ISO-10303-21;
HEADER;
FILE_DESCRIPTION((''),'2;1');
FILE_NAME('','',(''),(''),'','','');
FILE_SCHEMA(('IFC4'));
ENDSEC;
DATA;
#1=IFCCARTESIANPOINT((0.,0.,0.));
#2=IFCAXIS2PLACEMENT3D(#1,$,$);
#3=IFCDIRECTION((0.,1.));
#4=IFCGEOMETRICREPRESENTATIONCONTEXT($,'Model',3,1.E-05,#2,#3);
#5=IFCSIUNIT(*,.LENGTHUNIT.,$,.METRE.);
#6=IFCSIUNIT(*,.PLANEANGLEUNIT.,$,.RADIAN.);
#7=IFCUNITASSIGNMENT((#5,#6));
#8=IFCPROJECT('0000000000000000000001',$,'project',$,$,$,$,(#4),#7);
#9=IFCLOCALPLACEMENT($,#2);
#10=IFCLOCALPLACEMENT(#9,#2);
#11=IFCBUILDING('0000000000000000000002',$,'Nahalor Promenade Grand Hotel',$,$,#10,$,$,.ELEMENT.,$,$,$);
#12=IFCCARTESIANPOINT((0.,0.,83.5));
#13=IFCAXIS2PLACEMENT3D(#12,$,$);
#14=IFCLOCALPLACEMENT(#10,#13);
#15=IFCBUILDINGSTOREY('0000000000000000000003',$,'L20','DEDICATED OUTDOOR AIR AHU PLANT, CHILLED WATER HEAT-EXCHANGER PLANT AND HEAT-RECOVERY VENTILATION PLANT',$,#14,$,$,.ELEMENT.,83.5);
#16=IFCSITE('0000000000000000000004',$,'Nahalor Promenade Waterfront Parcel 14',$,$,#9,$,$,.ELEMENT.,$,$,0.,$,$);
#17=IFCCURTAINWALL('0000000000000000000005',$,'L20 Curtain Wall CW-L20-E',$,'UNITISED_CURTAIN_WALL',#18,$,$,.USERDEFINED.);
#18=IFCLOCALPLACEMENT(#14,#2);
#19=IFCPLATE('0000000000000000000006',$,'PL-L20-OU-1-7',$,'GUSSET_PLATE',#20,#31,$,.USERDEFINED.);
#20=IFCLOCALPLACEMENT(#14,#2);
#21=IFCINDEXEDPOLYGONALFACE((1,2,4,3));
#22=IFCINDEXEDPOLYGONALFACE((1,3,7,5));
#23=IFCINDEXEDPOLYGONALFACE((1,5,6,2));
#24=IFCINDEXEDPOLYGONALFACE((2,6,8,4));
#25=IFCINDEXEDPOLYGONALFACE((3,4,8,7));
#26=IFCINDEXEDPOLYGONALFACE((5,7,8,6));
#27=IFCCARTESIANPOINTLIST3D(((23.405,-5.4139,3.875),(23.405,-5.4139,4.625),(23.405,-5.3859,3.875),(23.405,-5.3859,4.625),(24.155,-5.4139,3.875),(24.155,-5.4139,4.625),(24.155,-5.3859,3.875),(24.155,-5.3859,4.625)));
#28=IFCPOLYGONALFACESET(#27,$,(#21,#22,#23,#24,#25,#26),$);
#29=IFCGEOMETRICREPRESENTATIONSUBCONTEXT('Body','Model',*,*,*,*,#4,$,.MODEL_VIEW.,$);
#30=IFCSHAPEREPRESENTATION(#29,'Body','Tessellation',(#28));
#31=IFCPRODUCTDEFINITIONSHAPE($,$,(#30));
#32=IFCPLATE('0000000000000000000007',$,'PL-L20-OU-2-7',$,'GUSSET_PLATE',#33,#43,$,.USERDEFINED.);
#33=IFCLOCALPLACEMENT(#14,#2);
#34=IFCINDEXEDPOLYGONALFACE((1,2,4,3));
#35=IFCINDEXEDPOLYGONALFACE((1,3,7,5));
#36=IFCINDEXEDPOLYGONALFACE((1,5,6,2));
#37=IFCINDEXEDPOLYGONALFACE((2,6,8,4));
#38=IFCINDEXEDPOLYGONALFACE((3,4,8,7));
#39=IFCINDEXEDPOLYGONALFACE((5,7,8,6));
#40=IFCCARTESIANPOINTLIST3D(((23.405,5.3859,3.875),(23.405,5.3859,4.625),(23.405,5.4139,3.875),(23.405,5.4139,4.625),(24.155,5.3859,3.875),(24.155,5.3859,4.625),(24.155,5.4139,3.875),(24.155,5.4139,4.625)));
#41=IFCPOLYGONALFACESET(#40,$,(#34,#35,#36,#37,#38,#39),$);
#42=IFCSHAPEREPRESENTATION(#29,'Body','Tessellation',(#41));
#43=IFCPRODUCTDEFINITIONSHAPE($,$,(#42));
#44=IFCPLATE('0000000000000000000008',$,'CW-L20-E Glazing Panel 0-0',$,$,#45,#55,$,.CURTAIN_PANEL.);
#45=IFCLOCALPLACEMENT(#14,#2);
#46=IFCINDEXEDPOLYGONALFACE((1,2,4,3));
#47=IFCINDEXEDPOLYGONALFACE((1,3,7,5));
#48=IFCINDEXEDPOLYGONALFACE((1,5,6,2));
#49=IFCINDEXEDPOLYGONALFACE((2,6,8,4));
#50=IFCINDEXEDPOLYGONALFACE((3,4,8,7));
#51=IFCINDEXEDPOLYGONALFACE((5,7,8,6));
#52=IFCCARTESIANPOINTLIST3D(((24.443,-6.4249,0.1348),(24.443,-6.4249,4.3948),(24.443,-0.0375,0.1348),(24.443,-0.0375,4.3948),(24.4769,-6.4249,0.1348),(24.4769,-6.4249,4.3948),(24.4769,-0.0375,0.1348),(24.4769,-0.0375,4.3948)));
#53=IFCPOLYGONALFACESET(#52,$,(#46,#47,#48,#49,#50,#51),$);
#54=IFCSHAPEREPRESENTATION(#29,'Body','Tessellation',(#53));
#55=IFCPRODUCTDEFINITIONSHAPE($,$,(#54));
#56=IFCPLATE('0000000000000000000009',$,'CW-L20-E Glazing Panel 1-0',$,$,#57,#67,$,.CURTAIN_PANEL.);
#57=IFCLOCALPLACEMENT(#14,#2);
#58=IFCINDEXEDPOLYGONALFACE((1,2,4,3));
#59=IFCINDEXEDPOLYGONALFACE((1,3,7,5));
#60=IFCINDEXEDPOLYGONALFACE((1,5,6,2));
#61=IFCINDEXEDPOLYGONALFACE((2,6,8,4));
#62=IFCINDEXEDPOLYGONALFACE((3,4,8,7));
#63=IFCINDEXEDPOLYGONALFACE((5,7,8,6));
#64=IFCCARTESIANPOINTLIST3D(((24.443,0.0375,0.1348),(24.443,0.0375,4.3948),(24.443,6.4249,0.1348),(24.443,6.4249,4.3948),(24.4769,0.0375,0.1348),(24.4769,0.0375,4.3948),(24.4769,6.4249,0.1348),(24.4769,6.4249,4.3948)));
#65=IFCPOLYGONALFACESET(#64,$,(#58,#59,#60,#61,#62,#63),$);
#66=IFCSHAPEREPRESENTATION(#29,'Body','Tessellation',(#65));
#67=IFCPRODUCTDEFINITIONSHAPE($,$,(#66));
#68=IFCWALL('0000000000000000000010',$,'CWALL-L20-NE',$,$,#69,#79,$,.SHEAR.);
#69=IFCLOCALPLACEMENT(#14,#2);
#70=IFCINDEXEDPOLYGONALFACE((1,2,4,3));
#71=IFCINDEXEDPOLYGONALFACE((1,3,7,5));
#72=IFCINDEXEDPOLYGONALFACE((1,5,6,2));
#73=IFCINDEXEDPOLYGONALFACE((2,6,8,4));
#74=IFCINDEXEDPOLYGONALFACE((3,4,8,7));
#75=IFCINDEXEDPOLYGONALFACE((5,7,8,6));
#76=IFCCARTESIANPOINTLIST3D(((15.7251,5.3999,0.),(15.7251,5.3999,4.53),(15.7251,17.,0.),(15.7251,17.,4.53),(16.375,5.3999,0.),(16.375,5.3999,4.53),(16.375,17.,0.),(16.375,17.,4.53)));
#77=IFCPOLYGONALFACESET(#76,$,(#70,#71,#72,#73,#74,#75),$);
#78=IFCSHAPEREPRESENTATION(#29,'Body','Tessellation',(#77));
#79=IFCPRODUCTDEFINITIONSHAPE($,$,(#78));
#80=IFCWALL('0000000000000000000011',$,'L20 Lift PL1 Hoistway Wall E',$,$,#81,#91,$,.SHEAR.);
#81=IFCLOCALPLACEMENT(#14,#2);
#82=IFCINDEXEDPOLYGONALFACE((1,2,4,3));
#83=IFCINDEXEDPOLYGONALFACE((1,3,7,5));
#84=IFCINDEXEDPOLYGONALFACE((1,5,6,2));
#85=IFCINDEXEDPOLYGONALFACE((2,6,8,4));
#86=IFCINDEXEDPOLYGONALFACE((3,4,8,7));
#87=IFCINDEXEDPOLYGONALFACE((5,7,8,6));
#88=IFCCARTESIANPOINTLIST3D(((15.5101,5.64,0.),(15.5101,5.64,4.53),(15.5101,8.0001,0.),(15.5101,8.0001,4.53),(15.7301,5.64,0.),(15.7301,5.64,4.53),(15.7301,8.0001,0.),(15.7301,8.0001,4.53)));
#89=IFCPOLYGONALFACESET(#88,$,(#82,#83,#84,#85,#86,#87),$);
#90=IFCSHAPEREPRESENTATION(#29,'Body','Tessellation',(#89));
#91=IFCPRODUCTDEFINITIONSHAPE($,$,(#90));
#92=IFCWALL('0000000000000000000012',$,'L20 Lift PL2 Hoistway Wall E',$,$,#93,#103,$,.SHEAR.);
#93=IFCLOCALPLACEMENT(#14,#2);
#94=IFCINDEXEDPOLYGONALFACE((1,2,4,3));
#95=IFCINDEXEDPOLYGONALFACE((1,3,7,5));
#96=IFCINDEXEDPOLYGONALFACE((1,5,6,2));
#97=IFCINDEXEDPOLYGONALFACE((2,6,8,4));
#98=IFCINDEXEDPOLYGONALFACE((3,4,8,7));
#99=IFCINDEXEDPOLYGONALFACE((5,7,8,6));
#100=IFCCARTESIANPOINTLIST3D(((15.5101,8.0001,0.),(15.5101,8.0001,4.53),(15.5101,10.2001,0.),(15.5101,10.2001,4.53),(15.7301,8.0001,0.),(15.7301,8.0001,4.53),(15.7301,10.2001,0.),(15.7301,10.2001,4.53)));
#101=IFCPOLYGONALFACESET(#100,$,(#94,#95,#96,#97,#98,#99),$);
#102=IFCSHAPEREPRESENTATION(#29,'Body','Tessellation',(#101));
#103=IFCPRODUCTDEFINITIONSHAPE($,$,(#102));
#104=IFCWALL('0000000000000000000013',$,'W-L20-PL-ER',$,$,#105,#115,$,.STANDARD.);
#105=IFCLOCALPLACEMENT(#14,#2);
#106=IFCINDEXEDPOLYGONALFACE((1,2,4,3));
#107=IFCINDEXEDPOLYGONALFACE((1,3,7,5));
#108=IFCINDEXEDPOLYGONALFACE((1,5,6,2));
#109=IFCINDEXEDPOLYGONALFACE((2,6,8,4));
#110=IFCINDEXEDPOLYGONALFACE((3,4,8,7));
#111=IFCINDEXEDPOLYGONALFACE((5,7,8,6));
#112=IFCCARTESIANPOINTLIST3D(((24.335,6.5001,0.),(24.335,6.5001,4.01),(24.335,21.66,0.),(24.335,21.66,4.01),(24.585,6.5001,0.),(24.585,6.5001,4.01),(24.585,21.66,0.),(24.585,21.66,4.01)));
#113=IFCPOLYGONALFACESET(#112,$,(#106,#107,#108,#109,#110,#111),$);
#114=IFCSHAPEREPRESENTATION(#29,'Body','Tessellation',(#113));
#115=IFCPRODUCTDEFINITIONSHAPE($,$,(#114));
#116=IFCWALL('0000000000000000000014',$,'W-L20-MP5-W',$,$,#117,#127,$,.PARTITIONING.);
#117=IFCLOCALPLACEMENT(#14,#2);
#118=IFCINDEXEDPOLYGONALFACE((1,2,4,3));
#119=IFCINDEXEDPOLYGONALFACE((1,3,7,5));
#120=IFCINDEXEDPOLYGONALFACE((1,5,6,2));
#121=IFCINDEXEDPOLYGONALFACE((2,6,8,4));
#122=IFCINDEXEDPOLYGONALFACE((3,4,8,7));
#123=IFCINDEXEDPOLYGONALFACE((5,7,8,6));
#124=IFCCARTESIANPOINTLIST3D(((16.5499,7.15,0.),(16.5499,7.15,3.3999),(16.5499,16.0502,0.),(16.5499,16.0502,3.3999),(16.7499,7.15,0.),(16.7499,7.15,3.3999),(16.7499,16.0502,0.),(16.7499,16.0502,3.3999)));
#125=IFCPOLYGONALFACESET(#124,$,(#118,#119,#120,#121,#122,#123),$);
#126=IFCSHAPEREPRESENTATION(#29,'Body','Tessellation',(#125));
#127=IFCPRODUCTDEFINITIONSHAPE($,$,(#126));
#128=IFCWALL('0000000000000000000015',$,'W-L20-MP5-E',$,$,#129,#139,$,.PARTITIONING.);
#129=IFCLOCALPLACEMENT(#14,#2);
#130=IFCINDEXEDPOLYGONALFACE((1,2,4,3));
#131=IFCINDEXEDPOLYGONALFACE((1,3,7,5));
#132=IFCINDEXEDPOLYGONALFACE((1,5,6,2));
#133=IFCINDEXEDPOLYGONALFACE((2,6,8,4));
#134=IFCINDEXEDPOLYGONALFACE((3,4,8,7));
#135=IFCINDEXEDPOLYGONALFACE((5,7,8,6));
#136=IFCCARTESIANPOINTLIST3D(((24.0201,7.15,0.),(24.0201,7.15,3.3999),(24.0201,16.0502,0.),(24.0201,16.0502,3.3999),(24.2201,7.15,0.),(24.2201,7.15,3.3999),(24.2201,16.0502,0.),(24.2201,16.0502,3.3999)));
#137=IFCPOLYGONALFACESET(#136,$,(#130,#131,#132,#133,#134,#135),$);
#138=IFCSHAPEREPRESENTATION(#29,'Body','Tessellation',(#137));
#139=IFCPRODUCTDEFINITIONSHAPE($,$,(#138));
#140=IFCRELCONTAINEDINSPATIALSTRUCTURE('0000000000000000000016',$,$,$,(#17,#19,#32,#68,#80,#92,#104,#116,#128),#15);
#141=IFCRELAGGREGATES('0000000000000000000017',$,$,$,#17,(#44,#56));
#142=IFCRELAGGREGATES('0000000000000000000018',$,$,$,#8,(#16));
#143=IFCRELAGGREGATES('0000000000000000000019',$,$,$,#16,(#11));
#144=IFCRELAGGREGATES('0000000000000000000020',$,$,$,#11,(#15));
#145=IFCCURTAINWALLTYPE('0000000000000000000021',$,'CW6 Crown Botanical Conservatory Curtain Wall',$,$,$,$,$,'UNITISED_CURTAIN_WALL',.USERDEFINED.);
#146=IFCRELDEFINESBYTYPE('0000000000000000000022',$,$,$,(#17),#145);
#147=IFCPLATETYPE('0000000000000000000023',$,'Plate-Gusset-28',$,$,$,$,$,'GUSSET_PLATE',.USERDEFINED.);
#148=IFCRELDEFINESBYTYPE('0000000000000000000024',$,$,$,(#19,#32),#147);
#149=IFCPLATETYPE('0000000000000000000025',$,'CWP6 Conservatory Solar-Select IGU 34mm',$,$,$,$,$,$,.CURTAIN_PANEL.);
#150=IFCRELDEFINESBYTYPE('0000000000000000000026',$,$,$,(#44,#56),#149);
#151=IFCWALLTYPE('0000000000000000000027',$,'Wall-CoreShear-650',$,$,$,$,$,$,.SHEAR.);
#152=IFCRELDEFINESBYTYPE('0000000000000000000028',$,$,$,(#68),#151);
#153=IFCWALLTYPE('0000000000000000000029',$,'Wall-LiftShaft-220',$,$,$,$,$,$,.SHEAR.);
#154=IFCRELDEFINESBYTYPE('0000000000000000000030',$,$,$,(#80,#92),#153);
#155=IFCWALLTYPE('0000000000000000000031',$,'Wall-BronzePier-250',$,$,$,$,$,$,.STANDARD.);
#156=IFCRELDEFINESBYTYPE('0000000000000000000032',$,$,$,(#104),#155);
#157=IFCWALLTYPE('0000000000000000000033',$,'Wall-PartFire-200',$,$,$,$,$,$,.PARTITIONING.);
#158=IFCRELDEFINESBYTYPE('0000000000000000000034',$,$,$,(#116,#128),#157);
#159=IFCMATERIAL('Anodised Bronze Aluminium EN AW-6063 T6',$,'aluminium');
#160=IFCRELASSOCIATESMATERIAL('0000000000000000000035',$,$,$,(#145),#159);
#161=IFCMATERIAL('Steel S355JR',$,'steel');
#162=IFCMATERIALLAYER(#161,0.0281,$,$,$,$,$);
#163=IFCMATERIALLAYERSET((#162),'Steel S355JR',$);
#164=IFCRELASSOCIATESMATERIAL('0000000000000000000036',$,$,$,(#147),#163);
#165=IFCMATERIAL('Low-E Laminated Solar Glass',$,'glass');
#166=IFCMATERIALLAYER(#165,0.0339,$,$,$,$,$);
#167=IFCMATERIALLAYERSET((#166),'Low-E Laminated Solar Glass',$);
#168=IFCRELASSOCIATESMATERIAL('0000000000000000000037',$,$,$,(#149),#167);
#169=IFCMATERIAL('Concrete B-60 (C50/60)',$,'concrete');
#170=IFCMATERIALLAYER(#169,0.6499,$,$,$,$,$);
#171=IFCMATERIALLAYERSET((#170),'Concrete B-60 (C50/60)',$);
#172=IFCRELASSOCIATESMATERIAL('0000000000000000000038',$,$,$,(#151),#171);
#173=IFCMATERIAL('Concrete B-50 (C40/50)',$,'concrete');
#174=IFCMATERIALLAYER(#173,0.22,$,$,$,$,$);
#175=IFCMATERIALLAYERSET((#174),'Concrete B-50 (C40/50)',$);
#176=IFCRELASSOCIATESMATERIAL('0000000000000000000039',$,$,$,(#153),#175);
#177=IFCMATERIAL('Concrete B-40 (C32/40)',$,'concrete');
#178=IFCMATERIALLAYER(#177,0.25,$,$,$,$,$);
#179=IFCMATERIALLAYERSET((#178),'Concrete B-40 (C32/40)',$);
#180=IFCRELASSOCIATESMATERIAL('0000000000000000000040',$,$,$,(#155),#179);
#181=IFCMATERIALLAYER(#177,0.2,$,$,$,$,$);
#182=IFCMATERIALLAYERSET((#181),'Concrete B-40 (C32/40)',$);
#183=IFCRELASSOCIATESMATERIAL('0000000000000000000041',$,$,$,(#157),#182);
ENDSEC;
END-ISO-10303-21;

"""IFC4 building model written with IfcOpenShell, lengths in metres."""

from ifc_helpers import new_model, si_unit, direction, frame, frame_2d, origin, origin_2d, place, context, subcontext, project, spatial, rectangle, extrude, source, transform, mapped, material, layer, layer_set, type_object, element, aggregate, save


model = new_model("IFC4")

# Units and contexts
model_context = context("Model", 3, precision=1e-05, world=origin(), true_north=direction((0.0, 1.0)))
body_context = subcontext(model_context, "Body", "Model", "MODEL_VIEW")
ifc_project = project(units=[si_unit("LENGTHUNIT", "METRE"), si_unit("PLANEANGLEUNIT", "RADIAN")], contexts=[model_context])

# Site, building, storey
site_placement = place(None, origin())
site = spatial("IfcSite", under=ifc_project, at=site_placement, Name="Nahalor Promenade Waterfront Parcel 14", CompositionType="ELEMENT", RefElevation=0.0)
building_placement = place(site_placement, origin())
building = spatial("IfcBuilding", under=site, at=building_placement, Name="Nahalor Promenade Grand Hotel", CompositionType="ELEMENT")
storey_placement = place(building_placement, frame((0.0, 0.0, 83.5)))
storey = spatial("IfcBuildingStorey", under=building, at=storey_placement, Name="L20", Description="DEDICATED OUTDOOR AIR AHU PLANT, CHILLED WATER HEAT-EXCHANGER PLANT AND HEAT-RECOVERY VENTILATION PLANT", CompositionType="ELEMENT", Elevation=83.5)

# Shared definitions
ifc_material_1 = material(Name="Steel S355JR", Category="steel")

# Curtain wall
ifc_material_2 = material(Name="Anodised Bronze Aluminium EN AW-6063 T6", Category="aluminium")
curtain_wall_type = type_object("IfcCurtainWallType", Name="CW6 Crown Botanical Conservatory Curtain Wall", ElementType="UNITISED_CURTAIN_WALL", PredefinedType="USERDEFINED", material=ifc_material_2)
curtain_wall_placement = place(storey_placement, origin())
curtain_wall = element("IfcCurtainWall", 1, at=curtain_wall_placement, inside=storey, type_object=curtain_wall_type, Name="L20 Curtain Wall CW-L20-E", ObjectType="UNITISED_CURTAIN_WALL", PredefinedType="USERDEFINED")

# Plates
ifc_layer_1 = layer(ifc_material_1, 0.0281)
ifc_layer_set_1 = layer_set([ifc_layer_1], Name="Steel S355JR")
plate_type_1 = type_object("IfcPlateType", Name="Plate-Gusset-28", ElementType="GUSSET_PLATE", PredefinedType="USERDEFINED", material=ifc_layer_set_1)
shared_shape_1 = source(origin(), body_context, "Body", "SweptSolid", [
    extrude(rectangle(XDim=0.75, YDim=0.0281, at=origin_2d()), origin(), (0.0, 0.0, 1.0), 0.75),
])
for number, where, z_axis, x_axis, name in (
    (2, (23.78, -5.3999, 3.875), (0.0, 0.0, 1.0), (1.0, 0.0, 0.0), "PL-L20-OU-1-7"),
    (3, (23.78, 5.3999, 3.875), (0.0, 0.0, 1.0), (1.0, 0.0, 0.0), "PL-L20-OU-2-7"),
):
    element("IfcPlate", number, at=place(storey_placement, frame(where, z_axis=z_axis, x_axis=x_axis)), inside=storey, type_object=plate_type_1, Name=name, ObjectType="GUSSET_PLATE", PredefinedType="USERDEFINED", context=body_context, shape_type="MappedRepresentation", body=[
        mapped(shared_shape_1, transform((0.0, 0.0, 0.0), scale=1.0)),
    ])

# Plates
ifc_material_3 = material(Name="Low-E Laminated Solar Glass", Category="glass")
ifc_layer_2 = layer(ifc_material_3, 0.0339)
ifc_layer_set_2 = layer_set([ifc_layer_2], Name="Low-E Laminated Solar Glass")
plate_type_2 = type_object("IfcPlateType", Name="CWP6 Conservatory Solar-Select IGU 34mm", PredefinedType="CURTAIN_PANEL", material=ifc_layer_set_2)
shared_shape_2 = source(origin(), body_context, "Body", "SweptSolid", [
    extrude(rectangle(XDim=6.3875, YDim=0.0339, at=origin_2d()), origin(), (0.0, 0.0, 1.0), 4.26),
])
plate_1_placement = place(storey_placement, frame((24.46, -3.2312, 0.1348), z_axis=(0.0, 0.0, 1.0), x_axis=(0.0, 1.0, 0.0)))
plate_1 = element("IfcPlate", 4, at=plate_1_placement, type_object=plate_type_2, Name="CW-L20-E Glazing Panel 0-0", PredefinedType="CURTAIN_PANEL", context=body_context, shape_type="MappedRepresentation", body=[
    mapped(shared_shape_2, transform((0.0, 0.0, 0.0), scale=1.0)),
])
plate_2_placement = place(storey_placement, frame((24.46, 3.2312, 0.1348), z_axis=(0.0, 0.0, 1.0), x_axis=(0.0, 1.0, 0.0)))
plate_2 = element("IfcPlate", 5, at=plate_2_placement, type_object=plate_type_2, Name="CW-L20-E Glazing Panel 1-0", PredefinedType="CURTAIN_PANEL", context=body_context, shape_type="MappedRepresentation", body=[
    mapped(shared_shape_2, transform((0.0, 0.0, 0.0), scale=1.0)),
])
aggregate(curtain_wall, [plate_1, plate_2])

# Walls
ifc_material_4 = material(Name="Concrete B-60 (C50/60)", Category="concrete")
ifc_layer_3 = layer(ifc_material_4, 0.6499)
ifc_layer_set_3 = layer_set([ifc_layer_3], Name="Concrete B-60 (C50/60)")
wall_type_1 = type_object("IfcWallType", Name="Wall-CoreShear-650", PredefinedType="SHEAR", material=ifc_layer_set_3)
shared_shape_3 = source(origin(), body_context, "Body", "SweptSolid", [
    extrude(rectangle(XDim=11.6001, YDim=0.6499, at=frame_2d((5.8, 0.0))), origin(), (0.0, 0.0, 1.0), 4.53),
])
wall_1_placement = place(storey_placement, frame((16.05, 5.3999, 0.0), z_axis=(0.0, 0.0, 1.0), x_axis=(0.0, 1.0, 0.0)))
element("IfcWall", 6, at=wall_1_placement, inside=storey, type_object=wall_type_1, Name="CWALL-L20-NE", PredefinedType="SHEAR", context=body_context, shape_type="MappedRepresentation", body=[
    mapped(shared_shape_3, transform((0.0, 0.0, 0.0), scale=1.0)),
])
ifc_material_5 = material(Name="Concrete B-50 (C40/50)", Category="concrete")
ifc_layer_4 = layer(ifc_material_5, 0.22)
ifc_layer_set_4 = layer_set([ifc_layer_4], Name="Concrete B-50 (C40/50)")
wall_type_2 = type_object("IfcWallType", Name="Wall-LiftShaft-220", PredefinedType="SHEAR", material=ifc_layer_set_4)
shared_shape_4 = source(origin(), body_context, "Body", "SweptSolid", [
    extrude(rectangle(XDim=2.3601, YDim=0.22, at=frame_2d((1.1802, 0.0))), origin(), (0.0, 0.0, 1.0), 4.53),
])
wall_2_placement = place(storey_placement, frame((15.6201, 5.6399, 0.0), z_axis=(0.0, 0.0, 1.0), x_axis=(0.0, 1.0, 0.0)))
element("IfcWall", 7, at=wall_2_placement, inside=storey, type_object=wall_type_2, Name="L20 Lift PL1 Hoistway Wall E", PredefinedType="SHEAR", context=body_context, shape_type="MappedRepresentation", body=[
    mapped(shared_shape_4, transform((0.0, 0.0, 0.0), scale=1.0)),
])
shared_shape_5 = source(origin(), body_context, "Body", "SweptSolid", [
    extrude(rectangle(XDim=2.2, YDim=0.22, at=frame_2d((1.1001, 0.0))), origin(), (0.0, 0.0, 1.0), 4.53),
])
wall_3_placement = place(storey_placement, frame((15.6201, 8.0, 0.0), z_axis=(0.0, 0.0, 1.0), x_axis=(0.0, 1.0, 0.0)))
element("IfcWall", 8, at=wall_3_placement, inside=storey, type_object=wall_type_2, Name="L20 Lift PL2 Hoistway Wall E", PredefinedType="SHEAR", context=body_context, shape_type="MappedRepresentation", body=[
    mapped(shared_shape_5, transform((0.0, 0.0, 0.0), scale=1.0)),
])
ifc_material_6 = material(Name="Concrete B-40 (C32/40)", Category="concrete")
ifc_layer_5 = layer(ifc_material_6, 0.25)
ifc_layer_set_5 = layer_set([ifc_layer_5], Name="Concrete B-40 (C32/40)")
wall_type_3 = type_object("IfcWallType", Name="Wall-BronzePier-250", PredefinedType="STANDARD", material=ifc_layer_set_5)
shared_shape_6 = source(origin(), body_context, "Body", "SweptSolid", [
    extrude(rectangle(XDim=15.1599, YDim=0.25, at=frame_2d((7.5801, 0.0))), origin(), (0.0, 0.0, 1.0), 4.01),
])
wall_4_placement = place(storey_placement, frame((24.46, 6.5, 0.0), z_axis=(0.0, 0.0, 1.0), x_axis=(0.0, 1.0, 0.0)))
element("IfcWall", 9, at=wall_4_placement, inside=storey, type_object=wall_type_3, Name="W-L20-PL-ER", PredefinedType="STANDARD", context=body_context, shape_type="MappedRepresentation", body=[
    mapped(shared_shape_6, transform((0.0, 0.0, 0.0), scale=1.0)),
])

# Shared definitions
ifc_layer_6 = layer(ifc_material_6, 0.2)
ifc_layer_set_6 = layer_set([ifc_layer_6], Name="Concrete B-40 (C32/40)")
wall_type_4 = type_object("IfcWallType", Name="Wall-PartFire-200", PredefinedType="PARTITIONING", material=ifc_layer_set_6)

# Walls
shared_shape_7 = source(origin(), body_context, "Body", "SweptSolid", [
    extrude(rectangle(XDim=8.9001, YDim=0.2, at=frame_2d((4.4502, 0.0))), origin(), (0.0, 0.0, 1.0), 3.3999),
])
for number, where, z_axis, x_axis, name in (
    (10, (16.6499, 7.1499, 0.0), (0.0, 0.0, 1.0), (0.0, 1.0, 0.0), "W-L20-MP5-W"),
    (11, (24.1201, 7.1499, 0.0), (0.0, 0.0, 1.0), (0.0, 1.0, 0.0), "W-L20-MP5-E"),
):
    element("IfcWall", number, at=place(storey_placement, frame(where, z_axis=z_axis, x_axis=x_axis)), inside=storey, type_object=wall_type_4, Name=name, PredefinedType="PARTITIONING", context=body_context, shape_type="MappedRepresentation", body=[
        mapped(shared_shape_7, transform((0.0, 0.0, 0.0), scale=1.0)),
    ])

save(model, "model.ifc")
